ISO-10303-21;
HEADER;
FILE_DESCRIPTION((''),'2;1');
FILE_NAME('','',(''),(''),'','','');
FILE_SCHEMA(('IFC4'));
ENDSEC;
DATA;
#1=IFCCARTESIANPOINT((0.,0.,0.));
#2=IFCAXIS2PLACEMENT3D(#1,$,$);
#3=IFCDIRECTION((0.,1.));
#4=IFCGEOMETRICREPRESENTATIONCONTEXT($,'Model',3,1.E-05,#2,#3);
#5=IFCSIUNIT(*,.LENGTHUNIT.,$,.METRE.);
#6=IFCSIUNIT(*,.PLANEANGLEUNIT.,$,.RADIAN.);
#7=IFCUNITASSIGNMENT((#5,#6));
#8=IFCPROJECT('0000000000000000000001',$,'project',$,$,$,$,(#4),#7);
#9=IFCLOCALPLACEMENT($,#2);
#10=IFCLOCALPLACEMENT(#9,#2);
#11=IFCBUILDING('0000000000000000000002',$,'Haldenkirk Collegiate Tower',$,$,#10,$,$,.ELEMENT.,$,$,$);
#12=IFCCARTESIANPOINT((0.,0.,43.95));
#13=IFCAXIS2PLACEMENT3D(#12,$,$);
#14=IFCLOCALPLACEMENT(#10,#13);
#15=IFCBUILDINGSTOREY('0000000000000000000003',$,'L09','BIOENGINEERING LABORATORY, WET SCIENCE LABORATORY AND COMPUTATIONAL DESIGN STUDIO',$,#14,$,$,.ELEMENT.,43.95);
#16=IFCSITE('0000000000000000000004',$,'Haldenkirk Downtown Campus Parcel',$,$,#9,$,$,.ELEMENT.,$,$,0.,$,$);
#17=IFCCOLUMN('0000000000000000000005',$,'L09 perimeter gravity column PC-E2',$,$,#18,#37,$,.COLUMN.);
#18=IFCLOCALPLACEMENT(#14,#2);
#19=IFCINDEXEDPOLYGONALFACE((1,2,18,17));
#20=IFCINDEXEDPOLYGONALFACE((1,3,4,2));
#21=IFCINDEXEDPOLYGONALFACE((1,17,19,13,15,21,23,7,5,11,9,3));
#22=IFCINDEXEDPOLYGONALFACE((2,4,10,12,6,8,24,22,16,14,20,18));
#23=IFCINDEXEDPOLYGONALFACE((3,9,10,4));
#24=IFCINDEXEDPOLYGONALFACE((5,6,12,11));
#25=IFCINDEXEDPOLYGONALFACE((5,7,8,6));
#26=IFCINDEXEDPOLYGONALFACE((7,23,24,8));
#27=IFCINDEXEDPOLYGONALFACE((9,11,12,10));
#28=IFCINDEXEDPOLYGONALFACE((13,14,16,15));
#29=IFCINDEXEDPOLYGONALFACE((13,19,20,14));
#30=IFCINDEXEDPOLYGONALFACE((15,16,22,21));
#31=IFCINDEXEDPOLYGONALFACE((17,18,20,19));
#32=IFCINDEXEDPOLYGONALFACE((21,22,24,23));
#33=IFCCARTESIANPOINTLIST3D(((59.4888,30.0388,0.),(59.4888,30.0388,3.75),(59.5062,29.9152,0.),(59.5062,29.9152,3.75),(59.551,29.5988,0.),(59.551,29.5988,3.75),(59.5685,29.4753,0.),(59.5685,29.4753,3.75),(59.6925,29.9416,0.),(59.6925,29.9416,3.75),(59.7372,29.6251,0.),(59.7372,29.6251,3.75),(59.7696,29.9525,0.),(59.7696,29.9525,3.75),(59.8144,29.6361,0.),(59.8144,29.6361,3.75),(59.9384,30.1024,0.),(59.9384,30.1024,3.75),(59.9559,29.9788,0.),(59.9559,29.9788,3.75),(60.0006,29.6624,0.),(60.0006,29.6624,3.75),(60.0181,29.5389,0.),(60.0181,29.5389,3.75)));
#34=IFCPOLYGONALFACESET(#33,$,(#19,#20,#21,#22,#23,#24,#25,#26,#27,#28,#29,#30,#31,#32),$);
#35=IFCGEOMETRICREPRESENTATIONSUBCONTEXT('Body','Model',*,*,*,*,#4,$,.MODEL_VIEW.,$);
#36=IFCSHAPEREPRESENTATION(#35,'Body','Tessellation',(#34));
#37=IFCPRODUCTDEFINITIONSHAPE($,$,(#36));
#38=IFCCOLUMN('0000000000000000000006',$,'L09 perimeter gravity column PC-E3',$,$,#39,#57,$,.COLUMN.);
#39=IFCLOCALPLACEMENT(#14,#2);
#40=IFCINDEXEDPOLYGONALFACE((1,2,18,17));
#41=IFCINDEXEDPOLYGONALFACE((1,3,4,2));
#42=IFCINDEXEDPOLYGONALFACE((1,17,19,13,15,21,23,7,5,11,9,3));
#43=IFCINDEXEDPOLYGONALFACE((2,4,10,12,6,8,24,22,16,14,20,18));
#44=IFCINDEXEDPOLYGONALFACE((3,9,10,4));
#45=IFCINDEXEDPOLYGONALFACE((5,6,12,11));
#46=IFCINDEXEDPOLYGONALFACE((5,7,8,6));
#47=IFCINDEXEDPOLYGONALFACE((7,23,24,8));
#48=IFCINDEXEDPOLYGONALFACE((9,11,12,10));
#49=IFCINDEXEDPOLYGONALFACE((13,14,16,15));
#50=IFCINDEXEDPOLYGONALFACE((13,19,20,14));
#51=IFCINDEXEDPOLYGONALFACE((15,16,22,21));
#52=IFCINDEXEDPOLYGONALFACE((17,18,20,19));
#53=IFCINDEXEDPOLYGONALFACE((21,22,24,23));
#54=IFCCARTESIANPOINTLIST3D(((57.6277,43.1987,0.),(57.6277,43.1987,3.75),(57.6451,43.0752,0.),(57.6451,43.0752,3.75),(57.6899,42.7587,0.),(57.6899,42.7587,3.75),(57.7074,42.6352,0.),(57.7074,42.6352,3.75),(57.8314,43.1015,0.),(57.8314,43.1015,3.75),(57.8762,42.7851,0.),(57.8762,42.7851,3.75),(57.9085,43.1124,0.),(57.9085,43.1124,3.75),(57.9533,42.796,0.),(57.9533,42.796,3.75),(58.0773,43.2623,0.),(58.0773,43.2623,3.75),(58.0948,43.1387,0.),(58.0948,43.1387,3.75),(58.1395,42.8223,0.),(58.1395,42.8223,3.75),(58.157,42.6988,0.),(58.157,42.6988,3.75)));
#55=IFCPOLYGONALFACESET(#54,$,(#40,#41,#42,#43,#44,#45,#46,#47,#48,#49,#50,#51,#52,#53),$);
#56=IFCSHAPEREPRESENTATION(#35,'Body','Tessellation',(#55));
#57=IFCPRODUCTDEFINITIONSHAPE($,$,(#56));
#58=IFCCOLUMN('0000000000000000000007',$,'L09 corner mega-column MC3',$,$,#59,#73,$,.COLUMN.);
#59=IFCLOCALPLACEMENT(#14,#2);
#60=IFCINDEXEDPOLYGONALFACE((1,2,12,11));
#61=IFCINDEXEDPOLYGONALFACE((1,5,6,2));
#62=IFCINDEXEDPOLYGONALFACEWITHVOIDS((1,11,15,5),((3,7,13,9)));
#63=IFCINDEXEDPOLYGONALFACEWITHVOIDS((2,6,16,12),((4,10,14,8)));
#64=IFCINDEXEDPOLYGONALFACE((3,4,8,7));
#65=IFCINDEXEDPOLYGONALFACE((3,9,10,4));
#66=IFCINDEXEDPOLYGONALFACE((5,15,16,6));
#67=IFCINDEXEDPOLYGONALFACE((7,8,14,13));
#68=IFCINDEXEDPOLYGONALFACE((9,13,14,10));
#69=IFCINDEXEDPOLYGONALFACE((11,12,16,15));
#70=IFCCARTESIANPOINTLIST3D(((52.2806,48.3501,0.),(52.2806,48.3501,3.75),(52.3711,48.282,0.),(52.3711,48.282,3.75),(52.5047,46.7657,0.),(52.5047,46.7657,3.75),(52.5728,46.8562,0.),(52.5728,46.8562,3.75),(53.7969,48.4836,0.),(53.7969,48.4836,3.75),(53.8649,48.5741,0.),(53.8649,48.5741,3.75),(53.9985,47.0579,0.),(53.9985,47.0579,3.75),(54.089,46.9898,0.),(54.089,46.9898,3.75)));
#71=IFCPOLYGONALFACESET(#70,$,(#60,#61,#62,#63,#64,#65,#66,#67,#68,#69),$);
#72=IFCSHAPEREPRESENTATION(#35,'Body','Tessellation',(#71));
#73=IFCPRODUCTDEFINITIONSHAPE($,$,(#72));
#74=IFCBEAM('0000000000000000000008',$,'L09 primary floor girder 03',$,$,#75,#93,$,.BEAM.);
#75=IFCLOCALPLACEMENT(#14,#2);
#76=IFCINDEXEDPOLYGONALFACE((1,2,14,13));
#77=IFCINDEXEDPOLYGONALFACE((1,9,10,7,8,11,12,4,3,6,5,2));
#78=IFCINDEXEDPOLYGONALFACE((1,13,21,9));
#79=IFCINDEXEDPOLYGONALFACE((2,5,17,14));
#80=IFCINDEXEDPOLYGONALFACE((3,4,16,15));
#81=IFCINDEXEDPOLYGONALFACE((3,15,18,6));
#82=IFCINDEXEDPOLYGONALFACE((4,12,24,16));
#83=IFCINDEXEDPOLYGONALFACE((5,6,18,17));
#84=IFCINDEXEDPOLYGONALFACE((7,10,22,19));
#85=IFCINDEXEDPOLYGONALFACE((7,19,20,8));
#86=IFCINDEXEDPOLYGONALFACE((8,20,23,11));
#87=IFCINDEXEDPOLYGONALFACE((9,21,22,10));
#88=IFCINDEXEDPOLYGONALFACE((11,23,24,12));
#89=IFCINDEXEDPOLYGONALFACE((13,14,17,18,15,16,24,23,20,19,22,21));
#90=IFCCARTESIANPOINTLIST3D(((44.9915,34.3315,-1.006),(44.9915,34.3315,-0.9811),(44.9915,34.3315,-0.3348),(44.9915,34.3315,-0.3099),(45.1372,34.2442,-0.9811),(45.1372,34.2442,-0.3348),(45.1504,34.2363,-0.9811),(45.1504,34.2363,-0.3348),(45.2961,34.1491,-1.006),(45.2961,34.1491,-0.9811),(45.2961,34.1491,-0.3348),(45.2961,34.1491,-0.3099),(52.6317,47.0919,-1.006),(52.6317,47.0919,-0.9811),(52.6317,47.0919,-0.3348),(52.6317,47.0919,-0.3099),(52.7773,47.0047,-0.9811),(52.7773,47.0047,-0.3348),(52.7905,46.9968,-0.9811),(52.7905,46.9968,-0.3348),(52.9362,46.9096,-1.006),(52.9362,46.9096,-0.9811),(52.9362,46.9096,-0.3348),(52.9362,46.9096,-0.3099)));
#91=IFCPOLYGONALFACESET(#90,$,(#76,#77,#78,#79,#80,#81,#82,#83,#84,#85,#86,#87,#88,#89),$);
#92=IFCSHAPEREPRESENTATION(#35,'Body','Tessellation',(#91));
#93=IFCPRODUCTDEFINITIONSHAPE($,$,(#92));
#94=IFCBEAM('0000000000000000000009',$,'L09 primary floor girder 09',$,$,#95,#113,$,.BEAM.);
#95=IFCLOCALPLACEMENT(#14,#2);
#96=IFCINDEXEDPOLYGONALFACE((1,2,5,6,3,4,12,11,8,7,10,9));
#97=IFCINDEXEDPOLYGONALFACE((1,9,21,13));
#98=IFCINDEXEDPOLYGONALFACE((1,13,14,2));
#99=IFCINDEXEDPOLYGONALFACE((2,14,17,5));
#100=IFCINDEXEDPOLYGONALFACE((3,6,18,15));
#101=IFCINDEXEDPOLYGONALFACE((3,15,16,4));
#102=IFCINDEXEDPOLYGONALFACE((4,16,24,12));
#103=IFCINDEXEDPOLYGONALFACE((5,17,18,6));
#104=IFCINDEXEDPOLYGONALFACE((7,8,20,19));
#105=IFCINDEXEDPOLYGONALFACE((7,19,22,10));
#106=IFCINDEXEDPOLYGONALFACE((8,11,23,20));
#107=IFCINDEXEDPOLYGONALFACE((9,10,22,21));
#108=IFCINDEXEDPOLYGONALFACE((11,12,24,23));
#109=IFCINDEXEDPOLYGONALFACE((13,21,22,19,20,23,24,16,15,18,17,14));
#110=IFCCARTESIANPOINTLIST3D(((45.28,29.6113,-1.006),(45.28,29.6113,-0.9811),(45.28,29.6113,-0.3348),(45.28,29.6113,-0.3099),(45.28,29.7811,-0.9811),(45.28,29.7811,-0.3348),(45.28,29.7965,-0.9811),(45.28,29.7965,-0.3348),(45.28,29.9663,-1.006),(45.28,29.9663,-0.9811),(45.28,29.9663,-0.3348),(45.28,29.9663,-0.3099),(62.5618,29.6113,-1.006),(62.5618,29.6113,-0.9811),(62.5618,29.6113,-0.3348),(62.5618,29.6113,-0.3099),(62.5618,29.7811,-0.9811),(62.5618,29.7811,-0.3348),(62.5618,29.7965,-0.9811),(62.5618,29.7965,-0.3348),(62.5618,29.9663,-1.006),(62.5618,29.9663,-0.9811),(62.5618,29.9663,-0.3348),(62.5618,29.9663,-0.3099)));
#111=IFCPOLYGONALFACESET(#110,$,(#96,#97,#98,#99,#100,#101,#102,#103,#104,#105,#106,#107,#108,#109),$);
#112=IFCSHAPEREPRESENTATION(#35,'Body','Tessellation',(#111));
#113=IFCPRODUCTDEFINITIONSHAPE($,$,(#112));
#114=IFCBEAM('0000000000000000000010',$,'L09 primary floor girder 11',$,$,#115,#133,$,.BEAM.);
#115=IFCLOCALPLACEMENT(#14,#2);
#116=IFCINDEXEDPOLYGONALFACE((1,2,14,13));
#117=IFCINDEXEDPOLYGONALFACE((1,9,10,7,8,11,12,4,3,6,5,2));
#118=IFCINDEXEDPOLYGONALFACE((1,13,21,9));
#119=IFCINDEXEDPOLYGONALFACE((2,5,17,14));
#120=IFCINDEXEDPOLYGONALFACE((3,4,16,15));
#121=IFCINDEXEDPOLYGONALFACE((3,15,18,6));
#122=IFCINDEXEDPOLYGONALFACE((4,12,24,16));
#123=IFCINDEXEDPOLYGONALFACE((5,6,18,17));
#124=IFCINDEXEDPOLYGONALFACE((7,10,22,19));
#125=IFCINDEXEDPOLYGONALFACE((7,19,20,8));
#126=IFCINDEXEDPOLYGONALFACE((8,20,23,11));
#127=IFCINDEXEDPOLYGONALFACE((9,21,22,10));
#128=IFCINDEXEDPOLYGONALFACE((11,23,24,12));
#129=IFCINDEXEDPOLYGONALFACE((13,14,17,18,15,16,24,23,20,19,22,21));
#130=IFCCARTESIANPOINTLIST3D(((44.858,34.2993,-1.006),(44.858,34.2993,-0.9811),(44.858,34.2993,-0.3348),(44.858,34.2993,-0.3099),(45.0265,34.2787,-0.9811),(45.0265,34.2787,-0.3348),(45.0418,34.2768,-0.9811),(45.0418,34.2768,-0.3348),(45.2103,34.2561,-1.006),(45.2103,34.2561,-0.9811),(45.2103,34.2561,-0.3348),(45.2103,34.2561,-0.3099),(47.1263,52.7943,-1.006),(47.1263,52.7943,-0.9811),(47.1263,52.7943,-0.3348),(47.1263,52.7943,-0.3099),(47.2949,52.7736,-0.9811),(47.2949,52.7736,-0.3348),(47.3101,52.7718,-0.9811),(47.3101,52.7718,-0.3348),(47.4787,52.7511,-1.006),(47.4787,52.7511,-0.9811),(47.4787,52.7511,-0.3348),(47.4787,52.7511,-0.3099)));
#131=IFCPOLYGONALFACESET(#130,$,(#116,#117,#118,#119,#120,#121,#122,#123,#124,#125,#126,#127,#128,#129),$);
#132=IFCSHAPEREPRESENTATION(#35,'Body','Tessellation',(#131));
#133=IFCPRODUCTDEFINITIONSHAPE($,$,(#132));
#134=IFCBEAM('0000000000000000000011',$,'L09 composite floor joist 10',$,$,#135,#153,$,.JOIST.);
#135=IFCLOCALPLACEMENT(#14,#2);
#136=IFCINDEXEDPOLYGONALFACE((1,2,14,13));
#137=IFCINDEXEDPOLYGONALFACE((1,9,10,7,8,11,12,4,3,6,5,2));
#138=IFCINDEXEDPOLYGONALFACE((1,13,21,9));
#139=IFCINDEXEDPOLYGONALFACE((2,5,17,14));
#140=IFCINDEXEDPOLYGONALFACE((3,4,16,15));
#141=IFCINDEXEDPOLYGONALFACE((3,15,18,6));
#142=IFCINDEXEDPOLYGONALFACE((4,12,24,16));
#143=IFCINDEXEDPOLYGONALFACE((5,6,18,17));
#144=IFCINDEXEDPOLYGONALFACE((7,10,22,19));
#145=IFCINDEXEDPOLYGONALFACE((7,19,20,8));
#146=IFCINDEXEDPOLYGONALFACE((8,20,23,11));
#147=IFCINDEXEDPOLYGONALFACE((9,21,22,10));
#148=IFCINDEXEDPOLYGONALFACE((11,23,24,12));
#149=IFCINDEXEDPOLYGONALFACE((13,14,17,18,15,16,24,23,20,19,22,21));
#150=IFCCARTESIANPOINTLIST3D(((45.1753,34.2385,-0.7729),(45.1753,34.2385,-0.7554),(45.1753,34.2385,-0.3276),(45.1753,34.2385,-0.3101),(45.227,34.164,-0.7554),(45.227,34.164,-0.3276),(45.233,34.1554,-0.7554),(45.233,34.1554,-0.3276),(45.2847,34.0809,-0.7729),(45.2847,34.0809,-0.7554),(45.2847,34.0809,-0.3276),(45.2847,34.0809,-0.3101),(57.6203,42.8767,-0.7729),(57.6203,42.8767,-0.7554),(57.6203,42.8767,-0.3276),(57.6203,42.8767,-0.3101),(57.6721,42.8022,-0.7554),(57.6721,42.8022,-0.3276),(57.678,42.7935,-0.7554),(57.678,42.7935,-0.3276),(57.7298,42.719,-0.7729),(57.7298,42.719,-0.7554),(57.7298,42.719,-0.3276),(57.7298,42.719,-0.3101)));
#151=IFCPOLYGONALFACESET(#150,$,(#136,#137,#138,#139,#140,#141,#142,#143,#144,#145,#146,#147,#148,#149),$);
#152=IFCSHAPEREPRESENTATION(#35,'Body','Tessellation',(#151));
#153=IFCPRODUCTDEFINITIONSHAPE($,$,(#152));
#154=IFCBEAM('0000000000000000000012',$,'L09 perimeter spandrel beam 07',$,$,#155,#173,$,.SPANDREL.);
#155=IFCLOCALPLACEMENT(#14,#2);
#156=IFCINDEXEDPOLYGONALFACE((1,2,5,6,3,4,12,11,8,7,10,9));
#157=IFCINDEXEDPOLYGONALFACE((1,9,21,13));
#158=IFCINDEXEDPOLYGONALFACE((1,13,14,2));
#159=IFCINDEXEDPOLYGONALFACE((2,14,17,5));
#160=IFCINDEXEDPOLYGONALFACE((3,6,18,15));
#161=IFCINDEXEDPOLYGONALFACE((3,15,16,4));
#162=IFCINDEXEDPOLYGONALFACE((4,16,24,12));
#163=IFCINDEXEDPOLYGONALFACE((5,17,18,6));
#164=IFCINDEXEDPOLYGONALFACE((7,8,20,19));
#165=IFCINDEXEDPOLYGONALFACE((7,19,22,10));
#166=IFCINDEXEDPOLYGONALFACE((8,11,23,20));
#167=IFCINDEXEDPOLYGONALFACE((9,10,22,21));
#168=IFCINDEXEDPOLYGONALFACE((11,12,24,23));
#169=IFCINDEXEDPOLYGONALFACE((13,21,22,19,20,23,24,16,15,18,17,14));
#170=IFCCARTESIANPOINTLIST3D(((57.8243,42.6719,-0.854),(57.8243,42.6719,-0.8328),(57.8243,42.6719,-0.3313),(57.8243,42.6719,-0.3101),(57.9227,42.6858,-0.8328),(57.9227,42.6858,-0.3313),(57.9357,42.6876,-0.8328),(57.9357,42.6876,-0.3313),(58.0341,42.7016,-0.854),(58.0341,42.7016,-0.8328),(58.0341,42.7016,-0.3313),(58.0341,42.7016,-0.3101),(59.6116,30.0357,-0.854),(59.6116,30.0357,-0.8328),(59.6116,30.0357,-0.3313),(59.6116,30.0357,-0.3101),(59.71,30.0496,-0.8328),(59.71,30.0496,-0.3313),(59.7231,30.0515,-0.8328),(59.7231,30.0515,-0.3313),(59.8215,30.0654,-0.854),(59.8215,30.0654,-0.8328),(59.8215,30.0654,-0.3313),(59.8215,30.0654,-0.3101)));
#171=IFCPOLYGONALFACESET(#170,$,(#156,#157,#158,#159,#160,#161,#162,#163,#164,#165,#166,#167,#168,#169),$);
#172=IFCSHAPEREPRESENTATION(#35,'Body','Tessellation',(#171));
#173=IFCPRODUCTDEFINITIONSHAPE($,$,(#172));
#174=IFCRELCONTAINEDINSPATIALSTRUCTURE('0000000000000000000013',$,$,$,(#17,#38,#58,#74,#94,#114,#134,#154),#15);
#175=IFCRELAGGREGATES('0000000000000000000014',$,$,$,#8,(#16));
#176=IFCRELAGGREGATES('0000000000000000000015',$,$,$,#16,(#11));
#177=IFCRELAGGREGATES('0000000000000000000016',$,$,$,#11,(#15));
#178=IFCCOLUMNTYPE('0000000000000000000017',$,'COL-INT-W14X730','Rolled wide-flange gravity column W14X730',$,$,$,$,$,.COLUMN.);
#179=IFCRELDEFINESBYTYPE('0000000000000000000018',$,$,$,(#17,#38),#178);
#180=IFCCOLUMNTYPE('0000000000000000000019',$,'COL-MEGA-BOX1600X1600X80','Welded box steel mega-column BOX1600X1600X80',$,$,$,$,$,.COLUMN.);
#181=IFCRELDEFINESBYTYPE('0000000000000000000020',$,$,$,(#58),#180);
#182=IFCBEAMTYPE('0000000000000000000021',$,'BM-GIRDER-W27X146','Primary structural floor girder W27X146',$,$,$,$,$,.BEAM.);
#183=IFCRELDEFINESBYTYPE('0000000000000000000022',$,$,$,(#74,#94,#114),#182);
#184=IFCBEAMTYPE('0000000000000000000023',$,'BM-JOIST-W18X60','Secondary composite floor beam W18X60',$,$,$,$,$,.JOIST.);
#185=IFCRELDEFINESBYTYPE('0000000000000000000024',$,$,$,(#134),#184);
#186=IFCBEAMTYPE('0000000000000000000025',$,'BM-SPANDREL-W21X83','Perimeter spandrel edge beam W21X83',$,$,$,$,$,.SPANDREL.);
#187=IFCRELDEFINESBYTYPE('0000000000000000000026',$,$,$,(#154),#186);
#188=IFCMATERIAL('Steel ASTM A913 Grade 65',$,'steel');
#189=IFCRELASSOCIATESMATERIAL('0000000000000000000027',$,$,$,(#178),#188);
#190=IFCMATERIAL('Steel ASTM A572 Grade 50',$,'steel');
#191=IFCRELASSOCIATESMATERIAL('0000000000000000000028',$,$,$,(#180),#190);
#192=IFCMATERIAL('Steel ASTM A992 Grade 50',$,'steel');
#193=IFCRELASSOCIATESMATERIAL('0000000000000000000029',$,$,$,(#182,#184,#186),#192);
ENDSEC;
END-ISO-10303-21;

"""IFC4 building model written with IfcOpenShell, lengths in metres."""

from ifc_helpers import new_model, si_unit, direction, frame, origin, origin_2d, place, context, subcontext, project, spatial, hollow_rectangle, i_section, extrude, material, material_profile, profile_set, type_object, element, save


model = new_model("IFC4")

# Units and contexts
model_context = context("Model", 3, precision=1e-05, world=origin(), true_north=direction((0.0, 1.0)))
body_context = subcontext(model_context, "Body", "Model", "MODEL_VIEW")
ifc_project = project(units=[si_unit("LENGTHUNIT", "METRE"), si_unit("PLANEANGLEUNIT", "RADIAN")], contexts=[model_context])

# Site, building, storey
site_placement = place(None, origin())
site = spatial("IfcSite", under=ifc_project, at=site_placement, Name="Haldenkirk Downtown Campus Parcel", CompositionType="ELEMENT", RefElevation=0.0)
building_placement = place(site_placement, origin())
building = spatial("IfcBuilding", under=site, at=building_placement, Name="Haldenkirk Collegiate Tower", CompositionType="ELEMENT")
storey_placement = place(building_placement, frame((0.0, 0.0, 43.95)))
storey = spatial("IfcBuildingStorey", under=building, at=storey_placement, Name="L09", Description="BIOENGINEERING LABORATORY, WET SCIENCE LABORATORY AND COMPUTATIONAL DESIGN STUDIO", CompositionType="ELEMENT", Elevation=43.95)

# Columns
ifc_material_1 = material(Name="Steel ASTM A913 Grade 65", Category="steel")
ifc_material_profile_1 = material_profile(ifc_material_1, i_section(OverallWidth=0.4541, OverallDepth=0.5691, WebThickness=0.0779, FlangeThickness=0.1248, at=origin_2d()), Name="W14X730")
ifc_profile_set_1 = profile_set([ifc_material_profile_1], Name="Steel ASTM A913 Grade 65")
column_type_1 = type_object("IfcColumnType", Name="COL-INT-W14X730", Description="Rolled wide-flange gravity column W14X730", PredefinedType="COLUMN", material=ifc_profile_set_1)
for number, where, z_axis, x_axis, name in (
    (1, (59.7534, 29.7888, 0.0), (0.0, 0.0, 1.0), (0.990146, 0.140037, 0.0), "L09 perimeter gravity column PC-E2"),
    (2, (57.8923, 42.9487, 0.0), (0.0, 0.0, 1.0), (0.990146, 0.140037, 0.0), "L09 perimeter gravity column PC-E3"),
):
    element("IfcColumn", number, at=place(storey_placement, frame(where, z_axis=z_axis, x_axis=x_axis)), inside=storey, type_object=column_type_1, Name=name, PredefinedType="COLUMN", context=body_context, shape_type="SweptSolid", body=[
        extrude(i_section(OverallWidth=0.4541, OverallDepth=0.5691, WebThickness=0.0779, FlangeThickness=0.1248, at=origin_2d()), origin(), (0.0, 0.0, 1.0), 3.75),
    ])
ifc_material_2 = material(Name="Steel ASTM A572 Grade 50", Category="steel")
ifc_material_profile_2 = material_profile(ifc_material_2, hollow_rectangle(XDim=1.6001, YDim=1.6001, WallThickness=0.0801, at=origin_2d()), Name="BOX1600X1600X80")
ifc_profile_set_2 = profile_set([ifc_material_profile_2], Name="Steel ASTM A572 Grade 50")
column_type_2 = type_object("IfcColumnType", Name="COL-MEGA-BOX1600X1600X80", Description="Welded box steel mega-column BOX1600X1600X80", PredefinedType="COLUMN", material=ifc_profile_set_2)
column_placement = place(storey_placement, frame((53.1848, 47.6699, 0.0), z_axis=(0.0, 0.0, 1.0), x_axis=(0.990146, 0.140037, 0.0)))
element("IfcColumn", 3, at=column_placement, inside=storey, type_object=column_type_2, Name="L09 corner mega-column MC3", PredefinedType="COLUMN", context=body_context, shape_type="SweptSolid", body=[
    extrude(hollow_rectangle(XDim=1.6001, YDim=1.6001, WallThickness=0.0801, at=origin_2d()), origin(), (0.0, 0.0, 1.0), 3.75),
])

# Beams
ifc_material_3 = material(Name="Steel ASTM A992 Grade 50", Category="steel")
ifc_material_profile_3 = material_profile(ifc_material_3, i_section(OverallWidth=0.355, OverallDepth=0.696, WebThickness=0.0154, FlangeThickness=0.0249, at=origin_2d()), Name="W27X146")
ifc_profile_set_3 = profile_set([ifc_material_profile_3], Name="Steel ASTM A992 Grade 50")
beam_type_1 = type_object("IfcBeamType", Name="BM-GIRDER-W27X146", Description="Primary structural floor girder W27X146", PredefinedType="BEAM", material=ifc_profile_set_3)
beam_1_placement = place(storey_placement, frame((52.7839, 47.0007, -0.658), z_axis=(-0.513696, -0.857972, 0.0), x_axis=(0.857972, -0.513696, 0.0)))
element("IfcBeam", 4, at=beam_1_placement, inside=storey, type_object=beam_type_1, Name="L09 primary floor girder 03", PredefinedType="BEAM", context=body_context, shape_type="SweptSolid", body=[
    extrude(i_section(OverallWidth=0.355, OverallDepth=0.696, WebThickness=0.0154, FlangeThickness=0.0249, at=origin_2d()), origin(), (0.0, 0.0, 1.0), 14.8728),
])
beam_2_placement = place(storey_placement, frame((62.5618, 29.7888, -0.658), z_axis=(-1.0, 0.0, 0.0), x_axis=(0.0, -1.0, 0.0)))
element("IfcBeam", 5, at=beam_2_placement, inside=storey, type_object=beam_type_1, Name="L09 primary floor girder 09", PredefinedType="BEAM", context=body_context, shape_type="SweptSolid", body=[
    extrude(i_section(OverallWidth=0.355, OverallDepth=0.696, WebThickness=0.0154, FlangeThickness=0.0249, at=origin_2d()), origin(), (0.0, 0.0, 1.0), 17.2817),
])
beam_3_placement = place(storey_placement, frame((47.3025, 52.7727, -0.658), z_axis=(-0.121733, -0.992563, 0.0), x_axis=(0.992563, -0.121733, 0.0)))
element("IfcBeam", 6, at=beam_3_placement, inside=storey, type_object=beam_type_1, Name="L09 primary floor girder 11", PredefinedType="BEAM", context=body_context, shape_type="SweptSolid", body=[
    extrude(i_section(OverallWidth=0.355, OverallDepth=0.696, WebThickness=0.0154, FlangeThickness=0.0249, at=origin_2d()), origin(), (0.0, 0.0, 1.0), 18.6335),
])
ifc_material_profile_4 = material_profile(ifc_material_3, i_section(OverallWidth=0.1919, OverallDepth=0.4629, WebThickness=0.0105, FlangeThickness=0.0176, at=origin_2d()), Name="W18X60")
ifc_profile_set_4 = profile_set([ifc_material_profile_4], Name="Steel ASTM A992 Grade 50")
beam_type_2 = type_object("IfcBeamType", Name="BM-JOIST-W18X60", Description="Secondary composite floor beam W18X60", PredefinedType="JOIST", material=ifc_profile_set_4)
beam_4_placement = place(storey_placement, frame((57.675, 42.7979, -0.5415), z_axis=(-0.821501, -0.570208, 0.0), x_axis=(0.570208, -0.821501, 0.0)))
element("IfcBeam", 7, at=beam_4_placement, inside=storey, type_object=beam_type_2, Name="L09 composite floor joist 10", PredefinedType="JOIST", context=body_context, shape_type="SweptSolid", body=[
    extrude(i_section(OverallWidth=0.1919, OverallDepth=0.4629, WebThickness=0.0105, FlangeThickness=0.0176, at=origin_2d()), origin(), (0.0, 0.0, 1.0), 15.1492),
])
ifc_material_profile_5 = material_profile(ifc_material_3, i_section(OverallWidth=0.2119, OverallDepth=0.5439, WebThickness=0.0132, FlangeThickness=0.0212, at=origin_2d()), Name="W21X83")
ifc_profile_set_5 = profile_set([ifc_material_profile_5], Name="Steel ASTM A992 Grade 50")
beam_type_3 = type_object("IfcBeamType", Name="BM-SPANDREL-W21X83", Description="Perimeter spandrel edge beam W21X83", PredefinedType="SPANDREL", material=ifc_profile_set_5)
beam_5_placement = place(storey_placement, frame((59.7166, 30.0505, -0.582), z_axis=(-0.140053, 0.990144, 0.0), x_axis=(-0.990144, -0.140053, 0.0)))
element("IfcBeam", 8, at=beam_5_placement, inside=storey, type_object=beam_type_3, Name="L09 perimeter spandrel beam 07", PredefinedType="SPANDREL", context=body_context, shape_type="SweptSolid", body=[
    extrude(i_section(OverallWidth=0.2119, OverallDepth=0.5439, WebThickness=0.0132, FlangeThickness=0.0212, at=origin_2d()), origin(), (0.0, 0.0, 1.0), 12.762),
])

save(model, "model.ifc")
